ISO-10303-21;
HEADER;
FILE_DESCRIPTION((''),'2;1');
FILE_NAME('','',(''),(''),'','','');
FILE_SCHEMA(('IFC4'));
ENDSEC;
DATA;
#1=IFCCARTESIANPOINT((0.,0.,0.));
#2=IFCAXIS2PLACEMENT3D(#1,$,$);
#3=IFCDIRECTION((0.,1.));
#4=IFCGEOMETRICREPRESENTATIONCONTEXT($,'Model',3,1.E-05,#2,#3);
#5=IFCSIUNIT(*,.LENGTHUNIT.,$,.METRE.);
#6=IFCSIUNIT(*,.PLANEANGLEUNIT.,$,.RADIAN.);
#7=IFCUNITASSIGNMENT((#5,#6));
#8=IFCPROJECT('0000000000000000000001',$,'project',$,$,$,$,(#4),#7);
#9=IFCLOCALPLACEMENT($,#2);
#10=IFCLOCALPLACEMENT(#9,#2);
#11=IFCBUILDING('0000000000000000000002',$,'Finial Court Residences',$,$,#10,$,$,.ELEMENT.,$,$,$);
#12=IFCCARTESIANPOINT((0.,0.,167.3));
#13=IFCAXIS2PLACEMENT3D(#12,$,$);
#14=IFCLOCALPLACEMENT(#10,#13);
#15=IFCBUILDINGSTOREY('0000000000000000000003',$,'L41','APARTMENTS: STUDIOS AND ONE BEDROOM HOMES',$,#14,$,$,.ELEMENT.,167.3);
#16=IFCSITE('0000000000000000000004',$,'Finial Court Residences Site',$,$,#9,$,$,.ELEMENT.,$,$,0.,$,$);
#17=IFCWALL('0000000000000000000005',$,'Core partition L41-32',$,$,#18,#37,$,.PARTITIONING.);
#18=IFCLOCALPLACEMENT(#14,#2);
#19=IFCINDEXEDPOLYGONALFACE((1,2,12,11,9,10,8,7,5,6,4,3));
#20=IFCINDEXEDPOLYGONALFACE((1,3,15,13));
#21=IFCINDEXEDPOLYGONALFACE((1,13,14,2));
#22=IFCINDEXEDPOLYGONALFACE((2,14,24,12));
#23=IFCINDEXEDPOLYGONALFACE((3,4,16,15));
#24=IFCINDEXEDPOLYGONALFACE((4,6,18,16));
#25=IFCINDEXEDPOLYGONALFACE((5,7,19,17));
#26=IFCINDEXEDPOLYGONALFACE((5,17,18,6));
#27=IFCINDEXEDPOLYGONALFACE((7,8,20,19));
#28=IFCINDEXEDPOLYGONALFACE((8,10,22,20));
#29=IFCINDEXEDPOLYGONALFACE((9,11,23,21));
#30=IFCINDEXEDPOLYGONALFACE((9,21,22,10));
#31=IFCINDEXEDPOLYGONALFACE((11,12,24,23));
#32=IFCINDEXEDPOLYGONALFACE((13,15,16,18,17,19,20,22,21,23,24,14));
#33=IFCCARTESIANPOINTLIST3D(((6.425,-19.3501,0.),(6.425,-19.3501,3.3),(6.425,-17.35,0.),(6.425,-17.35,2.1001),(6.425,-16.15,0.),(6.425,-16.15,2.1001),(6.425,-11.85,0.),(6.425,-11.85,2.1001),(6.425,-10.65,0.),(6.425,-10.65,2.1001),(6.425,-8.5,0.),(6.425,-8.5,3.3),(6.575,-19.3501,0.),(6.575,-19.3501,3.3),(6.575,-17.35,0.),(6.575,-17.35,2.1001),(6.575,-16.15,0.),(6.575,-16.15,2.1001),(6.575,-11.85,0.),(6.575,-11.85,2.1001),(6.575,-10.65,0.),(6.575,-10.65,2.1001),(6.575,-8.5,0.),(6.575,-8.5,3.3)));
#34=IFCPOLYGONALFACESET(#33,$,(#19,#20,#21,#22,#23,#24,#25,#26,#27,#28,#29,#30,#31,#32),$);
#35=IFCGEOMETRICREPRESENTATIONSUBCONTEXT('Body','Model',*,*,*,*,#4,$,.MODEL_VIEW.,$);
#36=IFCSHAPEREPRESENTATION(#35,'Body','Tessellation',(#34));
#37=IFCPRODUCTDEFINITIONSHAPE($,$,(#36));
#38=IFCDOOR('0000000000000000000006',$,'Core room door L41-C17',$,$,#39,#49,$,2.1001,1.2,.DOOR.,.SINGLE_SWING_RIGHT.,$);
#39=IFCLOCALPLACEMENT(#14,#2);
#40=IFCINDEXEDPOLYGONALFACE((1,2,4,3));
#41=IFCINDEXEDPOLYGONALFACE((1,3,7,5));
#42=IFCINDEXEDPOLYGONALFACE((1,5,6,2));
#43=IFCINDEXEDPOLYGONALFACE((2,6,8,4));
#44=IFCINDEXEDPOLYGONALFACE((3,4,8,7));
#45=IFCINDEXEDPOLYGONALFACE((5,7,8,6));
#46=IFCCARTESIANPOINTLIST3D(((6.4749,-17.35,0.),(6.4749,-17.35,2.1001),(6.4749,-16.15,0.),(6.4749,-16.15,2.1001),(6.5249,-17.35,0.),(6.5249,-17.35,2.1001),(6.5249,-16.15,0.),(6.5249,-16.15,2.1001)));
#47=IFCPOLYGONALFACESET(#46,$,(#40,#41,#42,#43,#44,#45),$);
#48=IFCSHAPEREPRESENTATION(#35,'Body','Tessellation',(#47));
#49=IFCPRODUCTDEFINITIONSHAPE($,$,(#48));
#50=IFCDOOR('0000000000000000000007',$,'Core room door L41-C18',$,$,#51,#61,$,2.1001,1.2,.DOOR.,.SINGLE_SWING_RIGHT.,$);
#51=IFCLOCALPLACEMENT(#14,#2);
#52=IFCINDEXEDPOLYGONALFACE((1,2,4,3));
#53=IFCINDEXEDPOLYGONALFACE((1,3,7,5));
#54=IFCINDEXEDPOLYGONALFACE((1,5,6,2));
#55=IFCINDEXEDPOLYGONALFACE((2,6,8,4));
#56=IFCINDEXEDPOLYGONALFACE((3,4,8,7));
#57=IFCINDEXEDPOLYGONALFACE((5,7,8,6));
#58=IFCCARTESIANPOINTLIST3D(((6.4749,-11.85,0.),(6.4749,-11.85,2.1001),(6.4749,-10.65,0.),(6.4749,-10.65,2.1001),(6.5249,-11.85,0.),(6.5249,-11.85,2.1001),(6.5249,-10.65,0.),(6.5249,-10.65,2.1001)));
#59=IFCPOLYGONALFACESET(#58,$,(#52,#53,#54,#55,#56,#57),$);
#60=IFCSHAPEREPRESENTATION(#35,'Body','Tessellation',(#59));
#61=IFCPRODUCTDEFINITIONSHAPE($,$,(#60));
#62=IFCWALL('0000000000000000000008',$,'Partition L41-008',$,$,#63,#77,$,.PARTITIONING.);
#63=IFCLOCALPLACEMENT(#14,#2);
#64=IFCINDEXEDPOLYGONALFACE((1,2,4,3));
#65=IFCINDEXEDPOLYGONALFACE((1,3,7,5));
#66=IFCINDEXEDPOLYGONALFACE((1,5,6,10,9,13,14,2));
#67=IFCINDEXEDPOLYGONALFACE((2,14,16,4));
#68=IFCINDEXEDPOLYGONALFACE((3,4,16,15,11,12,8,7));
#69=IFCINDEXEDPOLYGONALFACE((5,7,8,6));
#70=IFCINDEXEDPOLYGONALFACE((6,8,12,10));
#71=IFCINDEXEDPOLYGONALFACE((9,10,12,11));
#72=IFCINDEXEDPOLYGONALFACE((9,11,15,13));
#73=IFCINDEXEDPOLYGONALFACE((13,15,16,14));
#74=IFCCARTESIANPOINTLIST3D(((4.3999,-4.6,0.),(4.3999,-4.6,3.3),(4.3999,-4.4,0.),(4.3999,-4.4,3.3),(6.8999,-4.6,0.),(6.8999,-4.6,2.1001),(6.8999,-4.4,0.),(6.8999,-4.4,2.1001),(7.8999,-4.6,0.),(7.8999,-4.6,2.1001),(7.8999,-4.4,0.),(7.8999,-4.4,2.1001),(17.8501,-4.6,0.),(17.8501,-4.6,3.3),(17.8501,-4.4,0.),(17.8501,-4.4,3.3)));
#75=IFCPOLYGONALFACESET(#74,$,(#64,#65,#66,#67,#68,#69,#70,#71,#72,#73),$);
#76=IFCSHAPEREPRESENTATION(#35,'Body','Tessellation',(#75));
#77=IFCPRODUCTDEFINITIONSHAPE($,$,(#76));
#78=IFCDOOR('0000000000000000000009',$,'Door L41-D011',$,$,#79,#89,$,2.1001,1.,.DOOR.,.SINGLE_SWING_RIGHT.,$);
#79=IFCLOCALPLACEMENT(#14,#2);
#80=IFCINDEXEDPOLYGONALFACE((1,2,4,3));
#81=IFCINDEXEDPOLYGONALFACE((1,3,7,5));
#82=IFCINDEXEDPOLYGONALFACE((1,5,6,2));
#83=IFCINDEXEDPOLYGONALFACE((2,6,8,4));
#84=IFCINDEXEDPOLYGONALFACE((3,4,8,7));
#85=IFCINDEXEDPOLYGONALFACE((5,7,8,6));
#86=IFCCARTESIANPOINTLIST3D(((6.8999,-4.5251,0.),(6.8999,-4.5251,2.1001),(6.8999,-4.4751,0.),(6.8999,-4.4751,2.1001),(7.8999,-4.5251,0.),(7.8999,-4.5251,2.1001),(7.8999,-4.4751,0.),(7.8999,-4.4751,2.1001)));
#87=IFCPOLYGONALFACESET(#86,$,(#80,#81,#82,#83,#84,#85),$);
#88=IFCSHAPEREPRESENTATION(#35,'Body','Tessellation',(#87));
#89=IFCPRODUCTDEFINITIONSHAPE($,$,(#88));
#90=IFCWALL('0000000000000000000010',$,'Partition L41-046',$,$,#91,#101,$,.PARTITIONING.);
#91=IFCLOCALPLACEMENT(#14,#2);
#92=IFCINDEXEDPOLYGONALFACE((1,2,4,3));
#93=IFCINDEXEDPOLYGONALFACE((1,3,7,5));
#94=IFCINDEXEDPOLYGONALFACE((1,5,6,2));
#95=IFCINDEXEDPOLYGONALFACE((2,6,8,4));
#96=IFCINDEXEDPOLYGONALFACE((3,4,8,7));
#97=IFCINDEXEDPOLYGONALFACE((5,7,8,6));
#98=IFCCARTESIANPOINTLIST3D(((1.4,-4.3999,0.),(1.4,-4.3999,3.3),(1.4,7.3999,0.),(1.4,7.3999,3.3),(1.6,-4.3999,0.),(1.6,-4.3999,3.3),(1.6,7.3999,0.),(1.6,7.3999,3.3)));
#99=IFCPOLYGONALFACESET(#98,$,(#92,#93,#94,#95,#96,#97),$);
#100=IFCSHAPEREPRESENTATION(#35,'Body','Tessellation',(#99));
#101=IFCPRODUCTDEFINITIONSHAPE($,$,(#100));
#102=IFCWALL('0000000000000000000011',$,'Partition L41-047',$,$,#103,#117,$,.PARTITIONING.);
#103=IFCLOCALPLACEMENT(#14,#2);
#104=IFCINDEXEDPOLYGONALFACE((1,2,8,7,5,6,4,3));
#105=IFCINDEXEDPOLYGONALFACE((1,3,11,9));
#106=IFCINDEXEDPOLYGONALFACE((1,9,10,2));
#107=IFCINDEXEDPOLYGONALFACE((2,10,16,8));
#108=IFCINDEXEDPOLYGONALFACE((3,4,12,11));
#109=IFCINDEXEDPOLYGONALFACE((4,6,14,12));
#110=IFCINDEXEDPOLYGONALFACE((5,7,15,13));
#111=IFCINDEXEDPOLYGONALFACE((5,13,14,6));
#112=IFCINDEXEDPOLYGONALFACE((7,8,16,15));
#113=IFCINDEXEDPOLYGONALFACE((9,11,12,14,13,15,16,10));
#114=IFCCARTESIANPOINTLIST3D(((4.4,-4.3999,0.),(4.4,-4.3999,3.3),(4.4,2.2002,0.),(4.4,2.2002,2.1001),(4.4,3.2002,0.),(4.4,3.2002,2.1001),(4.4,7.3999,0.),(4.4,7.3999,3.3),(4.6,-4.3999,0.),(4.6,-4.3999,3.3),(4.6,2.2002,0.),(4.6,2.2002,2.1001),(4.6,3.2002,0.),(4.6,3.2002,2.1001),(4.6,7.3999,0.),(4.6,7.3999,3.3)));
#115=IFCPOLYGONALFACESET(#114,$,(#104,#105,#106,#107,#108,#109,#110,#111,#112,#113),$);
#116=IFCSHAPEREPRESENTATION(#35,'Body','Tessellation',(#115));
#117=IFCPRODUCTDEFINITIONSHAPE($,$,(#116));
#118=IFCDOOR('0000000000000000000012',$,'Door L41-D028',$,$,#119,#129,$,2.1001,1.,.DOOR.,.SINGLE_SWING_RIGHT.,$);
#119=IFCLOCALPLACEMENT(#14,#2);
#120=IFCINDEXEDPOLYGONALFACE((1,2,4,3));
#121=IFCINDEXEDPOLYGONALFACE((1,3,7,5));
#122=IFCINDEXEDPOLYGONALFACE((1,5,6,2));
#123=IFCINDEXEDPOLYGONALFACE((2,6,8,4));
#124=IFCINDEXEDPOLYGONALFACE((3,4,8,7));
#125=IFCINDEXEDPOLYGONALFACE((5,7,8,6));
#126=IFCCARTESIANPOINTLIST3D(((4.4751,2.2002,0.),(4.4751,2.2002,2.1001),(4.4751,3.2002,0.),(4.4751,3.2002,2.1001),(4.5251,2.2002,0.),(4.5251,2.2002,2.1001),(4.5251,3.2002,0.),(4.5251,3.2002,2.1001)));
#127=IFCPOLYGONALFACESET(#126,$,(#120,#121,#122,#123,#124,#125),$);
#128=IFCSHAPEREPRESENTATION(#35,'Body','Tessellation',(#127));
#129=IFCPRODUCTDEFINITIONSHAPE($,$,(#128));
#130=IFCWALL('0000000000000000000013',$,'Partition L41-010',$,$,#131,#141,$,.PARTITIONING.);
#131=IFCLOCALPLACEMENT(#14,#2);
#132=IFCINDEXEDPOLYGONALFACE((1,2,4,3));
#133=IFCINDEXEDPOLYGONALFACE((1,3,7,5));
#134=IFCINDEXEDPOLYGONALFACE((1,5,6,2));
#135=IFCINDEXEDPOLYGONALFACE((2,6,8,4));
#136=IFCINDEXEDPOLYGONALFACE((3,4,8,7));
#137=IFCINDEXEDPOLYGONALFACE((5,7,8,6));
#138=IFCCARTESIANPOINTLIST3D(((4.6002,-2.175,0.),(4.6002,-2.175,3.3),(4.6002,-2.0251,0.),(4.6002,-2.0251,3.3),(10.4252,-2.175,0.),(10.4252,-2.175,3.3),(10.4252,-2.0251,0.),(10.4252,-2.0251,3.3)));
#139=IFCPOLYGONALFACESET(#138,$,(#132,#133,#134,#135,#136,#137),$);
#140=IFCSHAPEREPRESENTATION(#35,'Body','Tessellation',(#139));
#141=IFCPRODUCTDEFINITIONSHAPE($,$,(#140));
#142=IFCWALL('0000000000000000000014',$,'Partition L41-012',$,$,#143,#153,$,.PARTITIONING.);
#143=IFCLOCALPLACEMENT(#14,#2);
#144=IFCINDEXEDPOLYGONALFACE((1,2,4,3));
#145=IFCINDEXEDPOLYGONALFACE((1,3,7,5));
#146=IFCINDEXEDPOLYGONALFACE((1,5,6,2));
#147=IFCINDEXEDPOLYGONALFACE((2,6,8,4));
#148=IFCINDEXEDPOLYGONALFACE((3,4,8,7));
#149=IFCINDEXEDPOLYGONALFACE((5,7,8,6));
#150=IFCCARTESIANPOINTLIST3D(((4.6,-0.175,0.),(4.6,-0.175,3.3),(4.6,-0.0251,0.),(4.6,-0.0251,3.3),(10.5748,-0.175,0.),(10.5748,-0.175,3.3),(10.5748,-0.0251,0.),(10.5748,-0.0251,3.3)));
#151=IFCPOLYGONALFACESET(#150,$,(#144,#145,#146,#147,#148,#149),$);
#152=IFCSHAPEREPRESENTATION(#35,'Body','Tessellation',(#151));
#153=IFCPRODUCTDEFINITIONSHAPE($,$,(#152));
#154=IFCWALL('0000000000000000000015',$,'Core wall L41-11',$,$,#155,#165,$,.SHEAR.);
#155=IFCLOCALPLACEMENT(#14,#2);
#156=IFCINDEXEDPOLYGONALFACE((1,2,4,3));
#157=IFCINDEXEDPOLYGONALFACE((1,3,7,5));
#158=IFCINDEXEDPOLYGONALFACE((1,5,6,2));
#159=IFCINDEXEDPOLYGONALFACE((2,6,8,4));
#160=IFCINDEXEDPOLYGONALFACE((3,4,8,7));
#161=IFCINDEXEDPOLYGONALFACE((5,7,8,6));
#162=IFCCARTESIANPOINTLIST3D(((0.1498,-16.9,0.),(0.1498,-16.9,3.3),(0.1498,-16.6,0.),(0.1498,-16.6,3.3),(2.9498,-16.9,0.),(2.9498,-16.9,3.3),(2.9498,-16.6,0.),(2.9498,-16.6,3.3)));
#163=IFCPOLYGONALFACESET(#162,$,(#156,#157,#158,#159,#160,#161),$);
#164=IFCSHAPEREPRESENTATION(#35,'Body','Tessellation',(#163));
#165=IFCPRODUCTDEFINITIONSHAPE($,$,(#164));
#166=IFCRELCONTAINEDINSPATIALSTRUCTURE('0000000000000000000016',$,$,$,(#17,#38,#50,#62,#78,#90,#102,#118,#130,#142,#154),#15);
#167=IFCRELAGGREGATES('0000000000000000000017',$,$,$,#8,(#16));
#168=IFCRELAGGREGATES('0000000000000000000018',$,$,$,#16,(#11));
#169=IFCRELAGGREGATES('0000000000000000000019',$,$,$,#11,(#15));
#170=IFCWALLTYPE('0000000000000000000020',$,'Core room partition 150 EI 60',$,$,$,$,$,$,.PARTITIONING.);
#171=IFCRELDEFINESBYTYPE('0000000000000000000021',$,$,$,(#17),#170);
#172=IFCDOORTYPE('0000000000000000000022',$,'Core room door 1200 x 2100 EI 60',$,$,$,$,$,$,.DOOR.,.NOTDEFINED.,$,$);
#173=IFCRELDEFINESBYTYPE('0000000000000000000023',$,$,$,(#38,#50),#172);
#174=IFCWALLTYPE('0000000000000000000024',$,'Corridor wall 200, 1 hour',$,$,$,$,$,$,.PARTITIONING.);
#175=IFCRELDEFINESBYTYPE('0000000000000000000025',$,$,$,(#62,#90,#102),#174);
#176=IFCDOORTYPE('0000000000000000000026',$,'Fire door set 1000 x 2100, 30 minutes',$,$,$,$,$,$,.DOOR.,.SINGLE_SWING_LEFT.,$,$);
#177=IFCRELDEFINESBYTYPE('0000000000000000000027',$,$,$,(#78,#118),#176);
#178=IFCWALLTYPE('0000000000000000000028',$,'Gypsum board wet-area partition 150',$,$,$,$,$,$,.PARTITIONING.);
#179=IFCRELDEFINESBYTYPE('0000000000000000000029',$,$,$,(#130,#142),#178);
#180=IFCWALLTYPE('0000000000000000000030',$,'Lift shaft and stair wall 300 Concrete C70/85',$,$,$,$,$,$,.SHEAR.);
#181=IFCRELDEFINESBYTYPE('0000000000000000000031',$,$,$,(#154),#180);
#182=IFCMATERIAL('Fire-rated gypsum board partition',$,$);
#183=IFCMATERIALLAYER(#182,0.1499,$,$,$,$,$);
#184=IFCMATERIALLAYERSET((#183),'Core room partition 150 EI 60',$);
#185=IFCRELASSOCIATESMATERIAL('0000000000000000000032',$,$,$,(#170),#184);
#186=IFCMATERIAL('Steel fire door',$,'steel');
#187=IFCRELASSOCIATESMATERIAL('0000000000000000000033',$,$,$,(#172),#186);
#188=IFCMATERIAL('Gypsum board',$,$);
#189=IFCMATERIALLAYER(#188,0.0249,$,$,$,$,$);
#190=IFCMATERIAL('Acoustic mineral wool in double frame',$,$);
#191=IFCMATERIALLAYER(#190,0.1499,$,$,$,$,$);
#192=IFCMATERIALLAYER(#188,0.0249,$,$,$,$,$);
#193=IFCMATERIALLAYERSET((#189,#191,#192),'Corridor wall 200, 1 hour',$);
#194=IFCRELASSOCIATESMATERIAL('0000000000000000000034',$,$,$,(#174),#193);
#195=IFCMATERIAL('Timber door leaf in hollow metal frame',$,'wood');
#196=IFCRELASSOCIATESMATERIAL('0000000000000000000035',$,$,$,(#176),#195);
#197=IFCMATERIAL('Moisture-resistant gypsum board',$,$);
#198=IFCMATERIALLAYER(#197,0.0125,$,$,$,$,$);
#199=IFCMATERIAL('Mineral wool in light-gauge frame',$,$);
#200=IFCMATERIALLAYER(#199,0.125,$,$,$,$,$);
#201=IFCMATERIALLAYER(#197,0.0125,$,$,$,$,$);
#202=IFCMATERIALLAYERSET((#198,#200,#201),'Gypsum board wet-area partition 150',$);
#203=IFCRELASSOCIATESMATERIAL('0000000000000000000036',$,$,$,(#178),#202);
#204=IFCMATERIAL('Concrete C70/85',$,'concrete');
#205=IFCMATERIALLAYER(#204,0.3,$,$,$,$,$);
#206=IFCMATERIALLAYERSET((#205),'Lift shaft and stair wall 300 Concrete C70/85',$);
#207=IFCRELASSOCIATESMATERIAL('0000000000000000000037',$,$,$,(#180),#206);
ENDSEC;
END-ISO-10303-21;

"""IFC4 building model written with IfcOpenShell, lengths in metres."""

from ifc_helpers import new_model, si_unit, direction, frame, frame_2d, origin, place, context, subcontext, project, spatial, rectangle, extrude, material, layer, layer_set, type_object, element, fill, save


model = new_model("IFC4")

# Units and contexts
model_context = context("Model", 3, precision=1e-05, world=origin(), true_north=direction((0.0, 1.0)))
body_context = subcontext(model_context, "Body", "Model", "MODEL_VIEW")
ifc_project = project(units=[si_unit("LENGTHUNIT", "METRE"), si_unit("PLANEANGLEUNIT", "RADIAN")], contexts=[model_context])

# Site, building, storey
site_placement = place(None, origin())
site = spatial("IfcSite", under=ifc_project, at=site_placement, Name="Finial Court Residences Site", CompositionType="ELEMENT", RefElevation=0.0)
building_placement = place(site_placement, origin())
building = spatial("IfcBuilding", under=site, at=building_placement, Name="Finial Court Residences", CompositionType="ELEMENT")
storey_placement = place(building_placement, frame((0.0, 0.0, 167.3)))
storey = spatial("IfcBuildingStorey", under=building, at=storey_placement, Name="L41", Description="APARTMENTS: STUDIOS AND ONE BEDROOM HOMES", CompositionType="ELEMENT", Elevation=167.3)

# Shared definitions
ifc_material_1 = material(Name="Fire-rated gypsum board partition")
ifc_layer_1 = layer(ifc_material_1, 0.1499)
ifc_layer_set_1 = layer_set([ifc_layer_1], Name="Core room partition 150 EI 60")
wall_type_1 = type_object("IfcWallType", Name="Core room partition 150 EI 60", PredefinedType="PARTITIONING", material=ifc_layer_set_1)

# Wall, openings, doors
wall_1_placement = place(storey_placement, frame((6.5, -8.5, 0.0), z_axis=(0.0, 0.0, 1.0), x_axis=(0.0, -1.0, 0.0)))
wall_1 = element("IfcWall", 1, at=wall_1_placement, inside=storey, type_object=wall_type_1, Name="Core partition L41-32", PredefinedType="PARTITIONING", context=body_context, shape_type="SweptSolid", body=[
    extrude(rectangle(XDim=10.8501, YDim=0.1499, at=frame_2d((5.425, 0.0))), origin(), (0.0, 0.0, 1.0), 3.3),
])
opening_1_placement = place(wall_1_placement, frame((7.6499, 0.0, 0.0)))
opening_1 = element("IfcOpeningElement", 2, at=opening_1_placement, cuts=wall_1, PredefinedType="OPENING", context=body_context, shape_type="SweptSolid", body=[
    extrude(rectangle(XDim=1.2, YDim=2.1001, at=frame_2d((0.6001, 1.05))), frame((0.0, 0.085, 0.0), z_axis=(0.0, -1.0, 0.0), x_axis=(1.0, 0.0, 0.0)), (0.0, 0.0, 1.0), 0.1699),
])
opening_2_placement = place(wall_1_placement, frame((2.1499, 0.0, 0.0)))
opening_2 = element("IfcOpeningElement", 3, at=opening_2_placement, cuts=wall_1, PredefinedType="OPENING", context=body_context, shape_type="SweptSolid", body=[
    extrude(rectangle(XDim=1.2, YDim=2.1001, at=frame_2d((0.6001, 1.05))), frame((0.0, 0.085, 0.0), z_axis=(0.0, -1.0, 0.0), x_axis=(1.0, 0.0, 0.0)), (0.0, 0.0, 1.0), 0.1699),
])
ifc_material_2 = material(Name="Steel fire door", Category="steel")
door_type_1 = type_object("IfcDoorType", Name="Core room door 1200 x 2100 EI 60", OperationType="NOTDEFINED", PredefinedType="DOOR", material=ifc_material_2)
door_1_placement = place(opening_1_placement, origin())
door_1 = element("IfcDoor", 4, at=door_1_placement, inside=storey, type_object=door_type_1, Name="Core room door L41-C17", OperationType="SINGLE_SWING_RIGHT", OverallHeight=2.1001, OverallWidth=1.2, PredefinedType="DOOR", context=body_context, shape_type="SweptSolid", body=[
    extrude(rectangle(XDim=1.2, YDim=2.1001, at=frame_2d((0.6001, 1.05))), frame((0.0, 0.0249, 0.0), z_axis=(0.0, -1.0, 0.0), x_axis=(1.0, 0.0, 0.0)), (0.0, 0.0, 1.0), 0.05),
])
fill(opening_1, door_1)
door_2_placement = place(opening_2_placement, origin())
door_2 = element("IfcDoor", 5, at=door_2_placement, inside=storey, type_object=door_type_1, Name="Core room door L41-C18", OperationType="SINGLE_SWING_RIGHT", OverallHeight=2.1001, OverallWidth=1.2, PredefinedType="DOOR", context=body_context, shape_type="SweptSolid", body=[
    extrude(rectangle(XDim=1.2, YDim=2.1001, at=frame_2d((0.6001, 1.05))), frame((0.0, 0.0249, 0.0), z_axis=(0.0, -1.0, 0.0), x_axis=(1.0, 0.0, 0.0)), (0.0, 0.0, 1.0), 0.05),
])
fill(opening_2, door_2)

# Wall, opening, door
ifc_material_3 = material(Name="Gypsum board")
ifc_layer_2 = layer(ifc_material_3, 0.0249)
ifc_material_4 = material(Name="Acoustic mineral wool in double frame")
ifc_layer_3 = layer(ifc_material_4, 0.1499)
ifc_layer_4 = layer(ifc_material_3, 0.0249)
ifc_layer_set_2 = layer_set([ifc_layer_2, ifc_layer_3, ifc_layer_4], Name="Corridor wall 200, 1 hour")
wall_type_2 = type_object("IfcWallType", Name="Corridor wall 200, 1 hour", PredefinedType="PARTITIONING", material=ifc_layer_set_2)
wall_2_placement = place(storey_placement, frame((4.3999, -4.5, 0.0), z_axis=(0.0, 0.0, 1.0), x_axis=(1.0, 0.0, 0.0)))
wall_2 = element("IfcWall", 6, at=wall_2_placement, inside=storey, type_object=wall_type_2, Name="Partition L41-008", PredefinedType="PARTITIONING", context=body_context, shape_type="SweptSolid", body=[
    extrude(rectangle(XDim=13.4502, YDim=0.2, at=frame_2d((6.7251, 0.0))), origin(), (0.0, 0.0, 1.0), 3.3),
])
opening_3_placement = place(wall_2_placement, frame((2.5, 0.0, 0.0)))
opening_3 = element("IfcOpeningElement", 7, at=opening_3_placement, cuts=wall_2, PredefinedType="OPENING", context=body_context, shape_type="SweptSolid", body=[
    extrude(rectangle(XDim=1.0, YDim=2.1001, at=frame_2d((0.5, 1.05))), frame((0.0, 0.1099, 0.0), z_axis=(0.0, -1.0, 0.0), x_axis=(1.0, 0.0, 0.0)), (0.0, 0.0, 1.0), 0.22),
])
ifc_material_5 = material(Name="Timber door leaf in hollow metal frame", Category="wood")
door_type_2 = type_object("IfcDoorType", Name="Fire door set 1000 x 2100, 30 minutes", OperationType="SINGLE_SWING_LEFT", PredefinedType="DOOR", material=ifc_material_5)
door_3_placement = place(opening_3_placement, origin())
door_3 = element("IfcDoor", 8, at=door_3_placement, inside=storey, type_object=door_type_2, Name="Door L41-D011", OperationType="SINGLE_SWING_RIGHT", OverallHeight=2.1001, OverallWidth=1.0, PredefinedType="DOOR", context=body_context, shape_type="SweptSolid", body=[
    extrude(rectangle(XDim=1.0, YDim=2.1001, at=frame_2d((0.5, 1.05))), frame((0.0, 0.0249, 0.0), z_axis=(0.0, -1.0, 0.0), x_axis=(1.0, 0.0, 0.0)), (0.0, 0.0, 1.0), 0.05),
])
fill(opening_3, door_3)

# Wall
wall_3_placement = place(storey_placement, frame((1.5, -4.3999, 0.0), z_axis=(0.0, 0.0, 1.0), x_axis=(0.0, 1.0, 0.0)))
element("IfcWall", 9, at=wall_3_placement, inside=storey, type_object=wall_type_2, Name="Partition L41-046", PredefinedType="PARTITIONING", context=body_context, shape_type="SweptSolid", body=[
    extrude(rectangle(XDim=11.7998, YDim=0.2, at=frame_2d((5.8999, 0.0))), origin(), (0.0, 0.0, 1.0), 3.3),
])

# Wall, opening, door
wall_4_placement = place(storey_placement, frame((4.5, -4.3999, 0.0), z_axis=(0.0, 0.0, 1.0), x_axis=(0.0, 1.0, 0.0)))
wall_4 = element("IfcWall", 10, at=wall_4_placement, inside=storey, type_object=wall_type_2, Name="Partition L41-047", PredefinedType="PARTITIONING", context=body_context, shape_type="SweptSolid", body=[
    extrude(rectangle(XDim=11.7998, YDim=0.2, at=frame_2d((5.8999, 0.0))), origin(), (0.0, 0.0, 1.0), 3.3),
])
opening_4_placement = place(wall_4_placement, frame((6.6001, 0.0, 0.0)))
opening_4 = element("IfcOpeningElement", 11, at=opening_4_placement, cuts=wall_4, PredefinedType="OPENING", context=body_context, shape_type="SweptSolid", body=[
    extrude(rectangle(XDim=1.0, YDim=2.1001, at=frame_2d((0.5, 1.05))), frame((0.0, 0.1099, 0.0), z_axis=(0.0, -1.0, 0.0), x_axis=(1.0, 0.0, 0.0)), (0.0, 0.0, 1.0), 0.22),
])
door_4_placement = place(opening_4_placement, origin())
door_4 = element("IfcDoor", 12, at=door_4_placement, inside=storey, type_object=door_type_2, Name="Door L41-D028", OperationType="SINGLE_SWING_RIGHT", OverallHeight=2.1001, OverallWidth=1.0, PredefinedType="DOOR", context=body_context, shape_type="SweptSolid", body=[
    extrude(rectangle(XDim=1.0, YDim=2.1001, at=frame_2d((0.5, 1.05))), frame((0.0, 0.0249, 0.0), z_axis=(0.0, -1.0, 0.0), x_axis=(1.0, 0.0, 0.0)), (0.0, 0.0, 1.0), 0.05),
])
fill(opening_4, door_4)

# Walls
ifc_material_6 = material(Name="Moisture-resistant gypsum board")
ifc_layer_5 = layer(ifc_material_6, 0.0125)
ifc_material_7 = material(Name="Mineral wool in light-gauge frame")
ifc_layer_6 = layer(ifc_material_7, 0.125)
ifc_layer_7 = layer(ifc_material_6, 0.0125)
ifc_layer_set_3 = layer_set([ifc_layer_5, ifc_layer_6, ifc_layer_7], Name="Gypsum board wet-area partition 150")
wall_type_3 = type_object("IfcWallType", Name="Gypsum board wet-area partition 150", PredefinedType="PARTITIONING", material=ifc_layer_set_3)
wall_5_placement = place(storey_placement, frame((4.6001, -2.1001, 0.0), z_axis=(0.0, 0.0, 1.0), x_axis=(1.0, 0.0, 0.0)))
element("IfcWall", 13, at=wall_5_placement, inside=storey, type_object=wall_type_3, Name="Partition L41-010", PredefinedType="PARTITIONING", context=body_context, shape_type="SweptSolid", body=[
    extrude(rectangle(XDim=5.825, YDim=0.1499, at=frame_2d((2.9126, 0.0))), origin(), (0.0, 0.0, 1.0), 3.3),
])
wall_6_placement = place(storey_placement, frame((4.6001, -0.1001, 0.0), z_axis=(0.0, 0.0, 1.0), x_axis=(1.0, 0.0, 0.0)))
element("IfcWall", 14, at=wall_6_placement, inside=storey, type_object=wall_type_3, Name="Partition L41-012", PredefinedType="PARTITIONING", context=body_context, shape_type="SweptSolid", body=[
    extrude(rectangle(XDim=5.9749, YDim=0.1499, at=frame_2d((2.9873, 0.0))), origin(), (0.0, 0.0, 1.0), 3.3),
])
ifc_material_8 = material(Name="Concrete C70/85", Category="concrete")
ifc_layer_8 = layer(ifc_material_8, 0.3)
ifc_layer_set_4 = layer_set([ifc_layer_8], Name="Lift shaft and stair wall 300 Concrete C70/85")
wall_type_4 = type_object("IfcWallType", Name="Lift shaft and stair wall 300 Concrete C70/85", PredefinedType="SHEAR", material=ifc_layer_set_4)
for number, where, z_axis, x_axis, name in (
    (15, (0.1499, -16.75, 0.0), (0.0, 0.0, 1.0), (1.0, 0.0, 0.0), "Core wall L41-11"),
):
    element("IfcWall", number, at=place(storey_placement, frame(where, z_axis=z_axis, x_axis=x_axis)), inside=storey, type_object=wall_type_4, Name=name, PredefinedType="SHEAR", context=body_context, shape_type="SweptSolid", body=[
        extrude(rectangle(XDim=2.8, YDim=0.3, at=frame_2d((1.3999, 0.0))), origin(), (0.0, 0.0, 1.0), 3.3),
    ])

save(model, "model.ifc")
